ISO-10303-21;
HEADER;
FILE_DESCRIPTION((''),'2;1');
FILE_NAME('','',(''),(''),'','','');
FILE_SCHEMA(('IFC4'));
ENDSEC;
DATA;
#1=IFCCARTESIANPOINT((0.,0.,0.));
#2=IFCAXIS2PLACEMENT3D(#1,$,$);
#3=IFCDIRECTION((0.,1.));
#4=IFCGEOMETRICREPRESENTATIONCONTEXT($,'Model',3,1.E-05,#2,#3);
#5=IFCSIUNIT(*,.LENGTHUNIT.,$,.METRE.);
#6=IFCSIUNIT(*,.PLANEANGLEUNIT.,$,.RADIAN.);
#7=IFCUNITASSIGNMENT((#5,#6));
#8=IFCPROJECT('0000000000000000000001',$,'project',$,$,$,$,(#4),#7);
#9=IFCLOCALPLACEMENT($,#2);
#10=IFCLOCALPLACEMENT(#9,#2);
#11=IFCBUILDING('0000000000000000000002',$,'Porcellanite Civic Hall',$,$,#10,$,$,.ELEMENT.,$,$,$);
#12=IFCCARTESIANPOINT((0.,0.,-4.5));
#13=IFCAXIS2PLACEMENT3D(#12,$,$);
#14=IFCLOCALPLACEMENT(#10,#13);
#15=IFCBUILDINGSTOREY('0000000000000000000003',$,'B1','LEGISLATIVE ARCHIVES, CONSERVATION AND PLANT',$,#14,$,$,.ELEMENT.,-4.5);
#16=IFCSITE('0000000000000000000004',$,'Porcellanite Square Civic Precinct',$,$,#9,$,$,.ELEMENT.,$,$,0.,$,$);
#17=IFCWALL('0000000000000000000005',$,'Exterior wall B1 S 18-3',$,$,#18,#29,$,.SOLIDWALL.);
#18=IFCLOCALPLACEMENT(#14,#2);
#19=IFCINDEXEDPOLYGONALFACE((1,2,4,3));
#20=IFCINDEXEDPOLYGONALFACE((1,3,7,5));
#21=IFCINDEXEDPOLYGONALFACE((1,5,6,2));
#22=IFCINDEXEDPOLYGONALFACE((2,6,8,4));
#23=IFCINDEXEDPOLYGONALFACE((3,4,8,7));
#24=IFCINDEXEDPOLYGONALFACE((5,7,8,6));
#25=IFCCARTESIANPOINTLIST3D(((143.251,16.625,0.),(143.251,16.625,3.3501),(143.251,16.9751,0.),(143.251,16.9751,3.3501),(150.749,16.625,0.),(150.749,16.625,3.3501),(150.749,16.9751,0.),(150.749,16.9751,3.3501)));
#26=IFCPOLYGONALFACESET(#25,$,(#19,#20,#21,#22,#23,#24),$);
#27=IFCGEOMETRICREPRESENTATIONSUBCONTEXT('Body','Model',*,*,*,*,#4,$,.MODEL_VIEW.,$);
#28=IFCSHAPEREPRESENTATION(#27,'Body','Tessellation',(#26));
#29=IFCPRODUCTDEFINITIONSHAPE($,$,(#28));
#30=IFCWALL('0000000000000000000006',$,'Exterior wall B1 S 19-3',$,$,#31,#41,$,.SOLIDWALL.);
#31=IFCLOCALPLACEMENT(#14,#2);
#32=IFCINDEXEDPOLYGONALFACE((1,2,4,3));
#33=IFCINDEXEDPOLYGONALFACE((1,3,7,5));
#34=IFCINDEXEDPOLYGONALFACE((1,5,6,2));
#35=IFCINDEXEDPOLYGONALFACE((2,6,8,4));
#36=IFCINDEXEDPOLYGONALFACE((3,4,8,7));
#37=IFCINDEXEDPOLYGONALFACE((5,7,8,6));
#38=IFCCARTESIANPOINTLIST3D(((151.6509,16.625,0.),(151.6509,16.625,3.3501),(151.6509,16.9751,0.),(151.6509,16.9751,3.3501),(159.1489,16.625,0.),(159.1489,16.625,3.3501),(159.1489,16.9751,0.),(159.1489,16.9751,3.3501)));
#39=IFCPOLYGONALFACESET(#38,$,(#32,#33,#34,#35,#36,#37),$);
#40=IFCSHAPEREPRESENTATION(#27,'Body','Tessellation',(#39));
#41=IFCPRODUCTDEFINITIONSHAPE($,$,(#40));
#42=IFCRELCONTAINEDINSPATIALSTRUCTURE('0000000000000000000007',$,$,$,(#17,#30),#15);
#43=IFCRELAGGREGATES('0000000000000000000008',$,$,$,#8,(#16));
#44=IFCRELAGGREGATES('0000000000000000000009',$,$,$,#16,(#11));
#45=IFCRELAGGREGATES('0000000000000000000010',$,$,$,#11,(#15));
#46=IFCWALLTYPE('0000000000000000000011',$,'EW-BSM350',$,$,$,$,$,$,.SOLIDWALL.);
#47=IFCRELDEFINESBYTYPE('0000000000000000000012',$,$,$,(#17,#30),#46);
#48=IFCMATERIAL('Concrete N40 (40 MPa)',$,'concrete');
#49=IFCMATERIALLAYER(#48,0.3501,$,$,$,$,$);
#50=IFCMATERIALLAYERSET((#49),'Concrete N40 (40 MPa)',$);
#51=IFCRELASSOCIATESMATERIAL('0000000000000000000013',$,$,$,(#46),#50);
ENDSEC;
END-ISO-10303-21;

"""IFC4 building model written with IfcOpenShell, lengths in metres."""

from ifc_helpers import new_model, si_unit, direction, frame, frame_2d, origin, place, context, subcontext, project, spatial, rectangle, extrude, material, layer, layer_set, type_object, element, save


model = new_model("IFC4")

# Units and contexts
model_context = context("Model", 3, precision=1e-05, world=origin(), true_north=direction((0.0, 1.0)))
body_context = subcontext(model_context, "Body", "Model", "MODEL_VIEW")
ifc_project = project(units=[si_unit("LENGTHUNIT", "METRE"), si_unit("PLANEANGLEUNIT", "RADIAN")], contexts=[model_context])

# Site, building, storey
site_placement = place(None, origin())
site = spatial("IfcSite", under=ifc_project, at=site_placement, Name="Porcellanite Square Civic Precinct", CompositionType="ELEMENT", RefElevation=0.0)
building_placement = place(site_placement, origin())
building = spatial("IfcBuilding", under=site, at=building_placement, Name="Porcellanite Civic Hall", CompositionType="ELEMENT")
storey_placement = place(building_placement, frame((0.0, 0.0, -4.5)))
storey = spatial("IfcBuildingStorey", under=building, at=storey_placement, Name="B1", Description="LEGISLATIVE ARCHIVES, CONSERVATION AND PLANT", CompositionType="ELEMENT", Elevation=-4.5)

# Walls
ifc_material_1 = material(Name="Concrete N40 (40 MPa)", Category="concrete")
ifc_layer = layer(ifc_material_1, 0.3501)
ifc_layer_set = layer_set([ifc_layer], Name="Concrete N40 (40 MPa)")
wall_type = type_object("IfcWallType", Name="EW-BSM350", PredefinedType="SOLIDWALL", material=ifc_layer_set)
for number, where, z_axis, x_axis, name in (
    (1, (150.749, 16.8, 0.0), (0.0, 0.0, 1.0), (-1.0, 0.0, 0.0), "Exterior wall B1 S 18-3"),
    (2, (159.1489, 16.8, 0.0), (0.0, 0.0, 1.0), (-1.0, 0.0, 0.0), "Exterior wall B1 S 19-3"),
):
    element("IfcWall", number, at=place(storey_placement, frame(where, z_axis=z_axis, x_axis=x_axis)), inside=storey, type_object=wall_type, Name=name, PredefinedType="SOLIDWALL", context=body_context, shape_type="SweptSolid", body=[
        extrude(rectangle(XDim=7.498, YDim=0.3501, at=frame_2d((3.749, 0.0))), origin(), (0.0, 0.0, 1.0), 3.3501),
    ])

save(model, "model.ifc")
